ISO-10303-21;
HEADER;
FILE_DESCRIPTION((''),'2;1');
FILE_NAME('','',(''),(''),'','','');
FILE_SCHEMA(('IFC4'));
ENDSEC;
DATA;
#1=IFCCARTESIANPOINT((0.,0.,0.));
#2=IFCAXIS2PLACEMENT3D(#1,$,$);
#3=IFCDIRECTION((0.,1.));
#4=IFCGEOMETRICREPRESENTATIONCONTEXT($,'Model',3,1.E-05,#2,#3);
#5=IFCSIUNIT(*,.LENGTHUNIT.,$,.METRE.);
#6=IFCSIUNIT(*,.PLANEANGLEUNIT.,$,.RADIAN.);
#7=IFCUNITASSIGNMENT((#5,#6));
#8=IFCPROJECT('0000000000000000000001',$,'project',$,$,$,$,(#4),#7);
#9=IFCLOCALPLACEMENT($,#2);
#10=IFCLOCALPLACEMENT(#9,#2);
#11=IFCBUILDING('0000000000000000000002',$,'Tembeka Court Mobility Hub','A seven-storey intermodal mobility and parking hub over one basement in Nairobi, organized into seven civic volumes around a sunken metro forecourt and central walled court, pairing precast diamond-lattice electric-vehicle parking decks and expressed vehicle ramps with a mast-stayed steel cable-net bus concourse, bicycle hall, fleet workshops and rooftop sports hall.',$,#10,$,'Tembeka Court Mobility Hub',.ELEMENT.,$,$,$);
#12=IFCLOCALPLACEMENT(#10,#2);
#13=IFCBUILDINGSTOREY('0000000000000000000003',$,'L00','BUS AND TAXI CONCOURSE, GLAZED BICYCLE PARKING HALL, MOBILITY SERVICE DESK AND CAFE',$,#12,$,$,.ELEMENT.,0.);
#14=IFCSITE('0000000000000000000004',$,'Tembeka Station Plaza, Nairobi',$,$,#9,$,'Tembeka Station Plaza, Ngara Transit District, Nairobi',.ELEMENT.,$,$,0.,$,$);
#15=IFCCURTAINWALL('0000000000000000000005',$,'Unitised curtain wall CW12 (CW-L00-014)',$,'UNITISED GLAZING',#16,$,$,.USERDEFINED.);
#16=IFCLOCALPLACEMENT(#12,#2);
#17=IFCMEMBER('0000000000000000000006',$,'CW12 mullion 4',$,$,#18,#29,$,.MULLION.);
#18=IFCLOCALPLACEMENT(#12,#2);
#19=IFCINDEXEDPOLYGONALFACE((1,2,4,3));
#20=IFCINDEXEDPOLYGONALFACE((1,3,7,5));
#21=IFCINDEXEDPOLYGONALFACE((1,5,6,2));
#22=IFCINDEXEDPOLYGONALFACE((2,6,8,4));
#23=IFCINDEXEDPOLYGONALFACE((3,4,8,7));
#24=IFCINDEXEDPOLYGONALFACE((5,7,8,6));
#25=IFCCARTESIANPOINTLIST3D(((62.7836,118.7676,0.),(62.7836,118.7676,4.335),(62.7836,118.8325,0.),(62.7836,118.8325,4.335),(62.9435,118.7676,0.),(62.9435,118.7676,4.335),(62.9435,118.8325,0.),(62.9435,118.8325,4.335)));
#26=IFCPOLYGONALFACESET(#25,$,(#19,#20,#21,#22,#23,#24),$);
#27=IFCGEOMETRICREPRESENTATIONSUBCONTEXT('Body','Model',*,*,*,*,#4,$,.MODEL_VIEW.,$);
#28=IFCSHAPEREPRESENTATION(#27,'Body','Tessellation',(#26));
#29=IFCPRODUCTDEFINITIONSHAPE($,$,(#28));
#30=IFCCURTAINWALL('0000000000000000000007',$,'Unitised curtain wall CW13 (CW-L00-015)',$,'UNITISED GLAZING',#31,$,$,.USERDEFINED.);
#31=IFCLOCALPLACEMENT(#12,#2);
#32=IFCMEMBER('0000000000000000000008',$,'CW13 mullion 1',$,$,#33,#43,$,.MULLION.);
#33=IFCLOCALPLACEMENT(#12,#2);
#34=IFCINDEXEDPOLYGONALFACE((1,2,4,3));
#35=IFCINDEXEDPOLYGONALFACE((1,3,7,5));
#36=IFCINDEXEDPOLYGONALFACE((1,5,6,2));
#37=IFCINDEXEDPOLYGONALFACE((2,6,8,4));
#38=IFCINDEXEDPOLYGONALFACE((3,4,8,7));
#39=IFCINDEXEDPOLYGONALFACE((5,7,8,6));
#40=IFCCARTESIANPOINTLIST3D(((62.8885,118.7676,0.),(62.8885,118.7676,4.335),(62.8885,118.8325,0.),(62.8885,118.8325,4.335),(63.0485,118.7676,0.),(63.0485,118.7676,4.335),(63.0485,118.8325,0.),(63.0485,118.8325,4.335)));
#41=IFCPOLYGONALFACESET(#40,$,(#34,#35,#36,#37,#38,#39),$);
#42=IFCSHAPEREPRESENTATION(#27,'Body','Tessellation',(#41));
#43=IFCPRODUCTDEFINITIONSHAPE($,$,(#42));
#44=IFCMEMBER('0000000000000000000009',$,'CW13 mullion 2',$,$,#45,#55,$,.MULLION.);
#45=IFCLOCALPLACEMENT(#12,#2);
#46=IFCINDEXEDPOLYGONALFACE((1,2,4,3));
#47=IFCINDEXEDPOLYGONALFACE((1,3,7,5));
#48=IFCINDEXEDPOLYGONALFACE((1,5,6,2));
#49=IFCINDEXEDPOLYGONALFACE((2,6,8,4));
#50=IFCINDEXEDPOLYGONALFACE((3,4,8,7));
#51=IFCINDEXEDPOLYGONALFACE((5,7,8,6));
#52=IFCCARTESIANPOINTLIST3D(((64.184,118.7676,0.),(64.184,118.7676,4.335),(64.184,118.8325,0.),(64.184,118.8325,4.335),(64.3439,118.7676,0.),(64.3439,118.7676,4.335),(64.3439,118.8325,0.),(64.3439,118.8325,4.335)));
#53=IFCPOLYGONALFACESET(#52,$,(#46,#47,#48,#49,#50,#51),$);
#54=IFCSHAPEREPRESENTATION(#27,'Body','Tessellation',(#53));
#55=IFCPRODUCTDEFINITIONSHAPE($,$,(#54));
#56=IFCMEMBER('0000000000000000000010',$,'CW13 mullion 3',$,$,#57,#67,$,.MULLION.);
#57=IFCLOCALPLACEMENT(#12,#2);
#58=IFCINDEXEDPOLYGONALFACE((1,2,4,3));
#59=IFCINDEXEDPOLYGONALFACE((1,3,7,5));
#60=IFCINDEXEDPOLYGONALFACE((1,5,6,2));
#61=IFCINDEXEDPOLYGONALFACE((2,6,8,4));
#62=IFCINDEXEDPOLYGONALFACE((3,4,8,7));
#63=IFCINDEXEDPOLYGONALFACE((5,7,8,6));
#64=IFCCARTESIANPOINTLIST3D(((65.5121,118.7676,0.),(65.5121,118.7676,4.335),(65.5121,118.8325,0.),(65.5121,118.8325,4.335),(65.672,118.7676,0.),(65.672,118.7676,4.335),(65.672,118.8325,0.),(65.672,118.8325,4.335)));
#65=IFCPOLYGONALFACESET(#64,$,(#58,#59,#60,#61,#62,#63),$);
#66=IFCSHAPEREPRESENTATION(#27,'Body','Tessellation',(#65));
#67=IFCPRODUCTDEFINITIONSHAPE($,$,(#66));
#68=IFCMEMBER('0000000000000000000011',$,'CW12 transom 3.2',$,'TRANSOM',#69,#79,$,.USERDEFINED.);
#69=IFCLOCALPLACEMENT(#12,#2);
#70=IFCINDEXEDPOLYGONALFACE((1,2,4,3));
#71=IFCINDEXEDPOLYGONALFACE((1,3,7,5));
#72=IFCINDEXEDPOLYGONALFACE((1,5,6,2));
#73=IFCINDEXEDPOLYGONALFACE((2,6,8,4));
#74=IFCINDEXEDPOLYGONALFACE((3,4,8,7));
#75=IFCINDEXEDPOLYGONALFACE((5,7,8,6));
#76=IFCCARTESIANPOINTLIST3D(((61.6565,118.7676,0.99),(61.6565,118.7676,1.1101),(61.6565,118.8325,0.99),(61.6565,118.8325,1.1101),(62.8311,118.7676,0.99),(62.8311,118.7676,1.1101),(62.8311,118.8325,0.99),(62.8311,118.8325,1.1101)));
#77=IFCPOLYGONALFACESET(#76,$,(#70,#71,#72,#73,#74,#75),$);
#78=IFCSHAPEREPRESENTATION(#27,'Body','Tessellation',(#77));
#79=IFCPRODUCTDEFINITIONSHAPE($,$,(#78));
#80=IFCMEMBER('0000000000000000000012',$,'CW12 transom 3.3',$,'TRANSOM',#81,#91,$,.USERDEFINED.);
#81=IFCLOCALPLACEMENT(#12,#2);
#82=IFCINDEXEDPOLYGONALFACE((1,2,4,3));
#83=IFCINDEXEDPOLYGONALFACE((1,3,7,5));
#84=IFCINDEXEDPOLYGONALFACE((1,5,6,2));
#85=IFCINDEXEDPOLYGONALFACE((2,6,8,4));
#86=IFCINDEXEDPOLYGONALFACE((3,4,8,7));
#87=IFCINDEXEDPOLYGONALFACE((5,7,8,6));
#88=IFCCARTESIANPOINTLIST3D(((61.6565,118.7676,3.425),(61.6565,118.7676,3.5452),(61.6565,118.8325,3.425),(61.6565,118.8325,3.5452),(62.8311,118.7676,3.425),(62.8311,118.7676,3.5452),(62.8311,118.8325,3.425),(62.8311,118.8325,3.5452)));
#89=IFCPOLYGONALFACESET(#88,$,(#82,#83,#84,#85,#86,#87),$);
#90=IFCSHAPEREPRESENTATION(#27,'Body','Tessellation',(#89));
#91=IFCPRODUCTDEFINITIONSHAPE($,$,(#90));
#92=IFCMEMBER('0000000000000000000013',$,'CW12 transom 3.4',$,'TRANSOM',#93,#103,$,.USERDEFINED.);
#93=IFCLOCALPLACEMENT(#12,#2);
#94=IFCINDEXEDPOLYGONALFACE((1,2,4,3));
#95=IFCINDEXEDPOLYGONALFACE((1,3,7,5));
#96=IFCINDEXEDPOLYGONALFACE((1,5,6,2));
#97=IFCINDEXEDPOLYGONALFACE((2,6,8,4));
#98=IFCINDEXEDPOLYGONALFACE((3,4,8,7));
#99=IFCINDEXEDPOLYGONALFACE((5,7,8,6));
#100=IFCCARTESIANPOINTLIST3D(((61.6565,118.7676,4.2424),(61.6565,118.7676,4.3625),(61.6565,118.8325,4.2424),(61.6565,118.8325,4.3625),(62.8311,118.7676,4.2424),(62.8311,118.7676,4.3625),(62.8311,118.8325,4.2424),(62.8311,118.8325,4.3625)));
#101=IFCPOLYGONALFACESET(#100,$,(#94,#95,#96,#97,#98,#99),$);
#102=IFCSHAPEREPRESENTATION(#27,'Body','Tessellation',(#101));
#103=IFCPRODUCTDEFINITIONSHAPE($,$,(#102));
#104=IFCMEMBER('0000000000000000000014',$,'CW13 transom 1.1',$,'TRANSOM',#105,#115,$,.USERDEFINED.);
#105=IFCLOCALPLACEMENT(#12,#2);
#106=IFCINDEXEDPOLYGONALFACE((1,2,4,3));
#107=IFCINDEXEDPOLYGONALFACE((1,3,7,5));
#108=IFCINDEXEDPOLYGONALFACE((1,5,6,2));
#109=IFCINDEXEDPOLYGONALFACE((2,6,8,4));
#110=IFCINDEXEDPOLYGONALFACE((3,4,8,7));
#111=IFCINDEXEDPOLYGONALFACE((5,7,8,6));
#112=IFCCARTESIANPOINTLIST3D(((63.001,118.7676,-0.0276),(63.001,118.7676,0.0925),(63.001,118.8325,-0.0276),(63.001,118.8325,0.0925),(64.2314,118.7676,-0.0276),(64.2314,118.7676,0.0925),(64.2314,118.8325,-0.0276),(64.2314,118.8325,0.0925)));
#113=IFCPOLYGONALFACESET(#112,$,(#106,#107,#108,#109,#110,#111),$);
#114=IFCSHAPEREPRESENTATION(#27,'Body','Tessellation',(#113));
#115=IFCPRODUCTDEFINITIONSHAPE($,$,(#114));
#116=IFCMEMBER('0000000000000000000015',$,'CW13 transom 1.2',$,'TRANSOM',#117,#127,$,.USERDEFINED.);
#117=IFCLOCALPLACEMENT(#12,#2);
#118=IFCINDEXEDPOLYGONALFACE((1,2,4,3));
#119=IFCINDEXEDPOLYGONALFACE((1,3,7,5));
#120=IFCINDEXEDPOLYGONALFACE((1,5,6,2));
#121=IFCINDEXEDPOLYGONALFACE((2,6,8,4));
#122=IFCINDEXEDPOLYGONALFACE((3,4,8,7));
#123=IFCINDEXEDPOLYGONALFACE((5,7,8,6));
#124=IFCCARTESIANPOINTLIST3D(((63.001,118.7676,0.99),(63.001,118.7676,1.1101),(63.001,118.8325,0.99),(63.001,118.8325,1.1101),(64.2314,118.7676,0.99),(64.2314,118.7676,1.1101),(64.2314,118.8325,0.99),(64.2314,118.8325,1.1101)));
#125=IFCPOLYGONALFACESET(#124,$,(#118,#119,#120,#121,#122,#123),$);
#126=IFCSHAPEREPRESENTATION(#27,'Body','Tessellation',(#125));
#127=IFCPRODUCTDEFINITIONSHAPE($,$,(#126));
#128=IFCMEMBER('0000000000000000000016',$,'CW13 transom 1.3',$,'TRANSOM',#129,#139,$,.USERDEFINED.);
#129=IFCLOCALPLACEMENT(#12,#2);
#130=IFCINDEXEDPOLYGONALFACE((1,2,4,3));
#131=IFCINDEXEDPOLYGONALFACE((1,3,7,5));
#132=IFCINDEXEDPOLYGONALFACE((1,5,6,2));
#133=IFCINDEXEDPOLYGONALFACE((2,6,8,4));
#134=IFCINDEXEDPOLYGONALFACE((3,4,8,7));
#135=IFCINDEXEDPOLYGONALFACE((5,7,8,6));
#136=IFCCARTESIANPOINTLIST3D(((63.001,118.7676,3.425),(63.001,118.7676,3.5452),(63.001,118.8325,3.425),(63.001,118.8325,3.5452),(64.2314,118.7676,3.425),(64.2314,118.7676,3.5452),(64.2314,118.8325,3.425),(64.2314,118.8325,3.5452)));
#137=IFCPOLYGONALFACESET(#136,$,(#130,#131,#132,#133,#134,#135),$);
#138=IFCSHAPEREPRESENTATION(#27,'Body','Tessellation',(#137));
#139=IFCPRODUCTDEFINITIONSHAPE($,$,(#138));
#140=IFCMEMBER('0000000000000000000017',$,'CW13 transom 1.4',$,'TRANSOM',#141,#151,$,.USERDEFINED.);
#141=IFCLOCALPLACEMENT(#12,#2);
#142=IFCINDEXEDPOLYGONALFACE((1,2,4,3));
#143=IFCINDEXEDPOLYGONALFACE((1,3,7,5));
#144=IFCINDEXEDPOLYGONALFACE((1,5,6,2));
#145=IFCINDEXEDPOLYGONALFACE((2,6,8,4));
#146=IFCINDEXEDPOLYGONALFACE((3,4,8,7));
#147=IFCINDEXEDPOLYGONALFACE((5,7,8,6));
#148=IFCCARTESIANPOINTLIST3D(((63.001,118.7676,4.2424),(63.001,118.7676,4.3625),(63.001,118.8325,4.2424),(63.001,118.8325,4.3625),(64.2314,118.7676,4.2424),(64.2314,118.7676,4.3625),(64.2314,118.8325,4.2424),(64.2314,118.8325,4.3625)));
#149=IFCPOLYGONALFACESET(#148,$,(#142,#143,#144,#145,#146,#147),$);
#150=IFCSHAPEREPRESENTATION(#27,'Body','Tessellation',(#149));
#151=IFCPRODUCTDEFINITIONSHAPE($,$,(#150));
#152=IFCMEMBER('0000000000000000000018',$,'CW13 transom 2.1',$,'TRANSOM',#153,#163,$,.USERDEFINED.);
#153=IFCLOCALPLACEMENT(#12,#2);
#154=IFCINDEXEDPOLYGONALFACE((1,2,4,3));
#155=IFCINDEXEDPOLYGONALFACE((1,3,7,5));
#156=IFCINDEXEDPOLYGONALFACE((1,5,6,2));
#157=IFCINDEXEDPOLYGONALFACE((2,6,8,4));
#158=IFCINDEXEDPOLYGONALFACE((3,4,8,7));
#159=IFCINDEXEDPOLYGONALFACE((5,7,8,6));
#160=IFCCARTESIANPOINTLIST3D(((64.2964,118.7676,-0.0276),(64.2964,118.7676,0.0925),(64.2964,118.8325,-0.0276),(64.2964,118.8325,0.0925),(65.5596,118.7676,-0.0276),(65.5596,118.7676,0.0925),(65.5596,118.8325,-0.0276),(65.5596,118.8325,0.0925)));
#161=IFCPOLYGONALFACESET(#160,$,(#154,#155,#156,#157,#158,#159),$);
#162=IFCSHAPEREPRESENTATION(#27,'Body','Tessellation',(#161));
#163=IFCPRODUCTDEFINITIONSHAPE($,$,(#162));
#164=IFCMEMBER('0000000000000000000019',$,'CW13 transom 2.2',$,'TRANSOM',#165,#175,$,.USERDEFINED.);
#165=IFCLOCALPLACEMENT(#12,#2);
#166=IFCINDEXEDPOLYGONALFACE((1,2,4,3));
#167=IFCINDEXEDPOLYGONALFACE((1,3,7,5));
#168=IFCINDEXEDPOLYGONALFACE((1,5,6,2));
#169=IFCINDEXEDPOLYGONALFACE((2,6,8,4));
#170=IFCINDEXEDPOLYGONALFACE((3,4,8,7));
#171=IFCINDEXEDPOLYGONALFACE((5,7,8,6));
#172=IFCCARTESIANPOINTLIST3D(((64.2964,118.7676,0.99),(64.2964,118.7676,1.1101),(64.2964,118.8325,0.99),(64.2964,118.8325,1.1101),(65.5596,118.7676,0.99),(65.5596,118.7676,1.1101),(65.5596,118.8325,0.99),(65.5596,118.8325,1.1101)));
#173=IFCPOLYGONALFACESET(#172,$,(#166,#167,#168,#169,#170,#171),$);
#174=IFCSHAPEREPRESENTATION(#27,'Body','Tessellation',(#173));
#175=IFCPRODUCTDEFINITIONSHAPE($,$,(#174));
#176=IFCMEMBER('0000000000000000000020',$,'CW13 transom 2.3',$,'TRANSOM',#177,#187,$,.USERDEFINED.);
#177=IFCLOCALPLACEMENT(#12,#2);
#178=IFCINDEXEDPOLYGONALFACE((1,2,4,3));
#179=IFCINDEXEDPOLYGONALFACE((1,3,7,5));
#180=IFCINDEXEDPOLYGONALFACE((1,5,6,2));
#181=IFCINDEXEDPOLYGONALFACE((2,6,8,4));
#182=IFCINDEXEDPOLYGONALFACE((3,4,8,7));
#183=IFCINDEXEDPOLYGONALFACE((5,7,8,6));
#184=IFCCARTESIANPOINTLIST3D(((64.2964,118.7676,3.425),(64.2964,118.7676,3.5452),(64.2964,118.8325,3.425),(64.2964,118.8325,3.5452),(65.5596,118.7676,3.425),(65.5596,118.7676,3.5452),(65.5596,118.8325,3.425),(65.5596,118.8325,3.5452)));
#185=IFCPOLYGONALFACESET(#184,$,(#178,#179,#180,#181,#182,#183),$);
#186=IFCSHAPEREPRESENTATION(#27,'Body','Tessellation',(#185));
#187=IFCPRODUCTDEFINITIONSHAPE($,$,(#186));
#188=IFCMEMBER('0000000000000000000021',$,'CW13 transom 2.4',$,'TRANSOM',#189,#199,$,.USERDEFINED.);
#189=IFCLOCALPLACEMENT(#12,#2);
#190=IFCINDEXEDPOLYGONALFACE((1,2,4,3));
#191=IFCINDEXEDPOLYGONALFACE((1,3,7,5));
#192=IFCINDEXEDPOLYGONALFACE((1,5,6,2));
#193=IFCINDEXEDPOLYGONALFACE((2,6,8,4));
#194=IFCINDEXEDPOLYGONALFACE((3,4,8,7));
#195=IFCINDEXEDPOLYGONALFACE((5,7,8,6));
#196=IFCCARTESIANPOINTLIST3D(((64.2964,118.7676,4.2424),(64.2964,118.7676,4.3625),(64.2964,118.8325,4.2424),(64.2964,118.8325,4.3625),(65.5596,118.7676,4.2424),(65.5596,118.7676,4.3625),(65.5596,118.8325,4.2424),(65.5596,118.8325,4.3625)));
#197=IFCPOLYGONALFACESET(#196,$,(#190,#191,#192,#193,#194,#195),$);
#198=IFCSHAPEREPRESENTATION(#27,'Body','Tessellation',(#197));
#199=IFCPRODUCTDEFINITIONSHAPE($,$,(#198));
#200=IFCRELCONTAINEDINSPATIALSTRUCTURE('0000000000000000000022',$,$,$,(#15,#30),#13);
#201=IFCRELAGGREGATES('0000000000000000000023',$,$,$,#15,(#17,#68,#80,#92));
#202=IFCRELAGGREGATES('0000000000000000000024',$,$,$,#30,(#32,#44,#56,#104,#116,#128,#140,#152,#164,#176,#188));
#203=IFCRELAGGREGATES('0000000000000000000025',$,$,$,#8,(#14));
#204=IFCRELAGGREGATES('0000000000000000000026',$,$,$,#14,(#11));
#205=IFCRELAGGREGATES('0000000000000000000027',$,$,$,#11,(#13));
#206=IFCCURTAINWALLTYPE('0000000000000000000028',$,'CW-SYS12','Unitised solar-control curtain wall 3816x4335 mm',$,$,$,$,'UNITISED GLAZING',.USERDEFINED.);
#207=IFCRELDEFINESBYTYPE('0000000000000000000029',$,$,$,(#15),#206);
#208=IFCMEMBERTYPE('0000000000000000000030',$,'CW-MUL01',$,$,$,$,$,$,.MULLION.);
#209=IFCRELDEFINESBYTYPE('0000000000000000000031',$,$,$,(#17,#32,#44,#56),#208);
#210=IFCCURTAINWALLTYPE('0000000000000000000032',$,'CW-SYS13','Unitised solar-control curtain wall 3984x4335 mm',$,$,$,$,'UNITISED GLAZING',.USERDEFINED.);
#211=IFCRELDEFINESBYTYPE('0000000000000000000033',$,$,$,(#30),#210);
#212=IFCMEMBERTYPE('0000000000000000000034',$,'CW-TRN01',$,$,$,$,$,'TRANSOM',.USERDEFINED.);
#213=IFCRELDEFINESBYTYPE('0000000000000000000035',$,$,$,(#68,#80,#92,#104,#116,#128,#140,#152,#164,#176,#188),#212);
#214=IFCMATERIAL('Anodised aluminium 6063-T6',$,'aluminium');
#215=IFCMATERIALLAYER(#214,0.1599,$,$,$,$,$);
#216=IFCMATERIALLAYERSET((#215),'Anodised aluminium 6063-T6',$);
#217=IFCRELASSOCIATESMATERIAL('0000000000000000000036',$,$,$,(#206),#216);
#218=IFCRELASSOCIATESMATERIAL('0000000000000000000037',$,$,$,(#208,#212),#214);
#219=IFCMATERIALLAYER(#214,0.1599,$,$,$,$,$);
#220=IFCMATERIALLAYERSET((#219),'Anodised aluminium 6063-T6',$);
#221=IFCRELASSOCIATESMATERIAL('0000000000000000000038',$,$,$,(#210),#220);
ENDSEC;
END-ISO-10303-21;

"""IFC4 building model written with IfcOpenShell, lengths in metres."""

from ifc_helpers import new_model, si_unit, direction, frame, origin, origin_2d, place, context, subcontext, project, spatial, rectangle, extrude, material, layer, layer_set, material_profile, profile_set, type_object, element, aggregate, save


model = new_model("IFC4")

# Units and contexts
model_context = context("Model", 3, precision=1e-05, world=origin(), true_north=direction((0.0, 1.0)))
body_context = subcontext(model_context, "Body", "Model", "MODEL_VIEW")
ifc_project = project(units=[si_unit("LENGTHUNIT", "METRE"), si_unit("PLANEANGLEUNIT", "RADIAN")], contexts=[model_context])

# Site, building, storey
site_placement = place(None, origin())
site = spatial("IfcSite", under=ifc_project, at=site_placement, Name="Tembeka Station Plaza, Nairobi", LongName="Tembeka Station Plaza, Ngara Transit District, Nairobi", CompositionType="ELEMENT", RefElevation=0.0)
building_placement = place(site_placement, origin())
building = spatial("IfcBuilding", under=site, at=building_placement, Name="Tembeka Court Mobility Hub", Description="A seven-storey intermodal mobility and parking hub over one basement in Nairobi, organized into seven civic volumes around a sunken metro forecourt and central walled court, pairing precast diamond-lattice electric-vehicle parking decks and expressed vehicle ramps with a mast-stayed steel cable-net bus concourse, bicycle hall, fleet workshops and rooftop sports hall.", LongName="Tembeka Court Mobility Hub", CompositionType="ELEMENT")
storey_placement = place(building_placement, origin())
storey = spatial("IfcBuildingStorey", under=building, at=storey_placement, Name="L00", Description="BUS AND TAXI CONCOURSE, GLAZED BICYCLE PARKING HALL, MOBILITY SERVICE DESK AND CAFE", CompositionType="ELEMENT", Elevation=0.0)

# Curtain wall, member
ifc_material_1 = material(Name="Anodised aluminium 6063-T6", Category="aluminium")
ifc_layer_1 = layer(ifc_material_1, 0.1599)
ifc_layer_set_1 = layer_set([ifc_layer_1], Name="Anodised aluminium 6063-T6")
curtain_wall_type_1 = type_object("IfcCurtainWallType", Name="CW-SYS12", Description="Unitised solar-control curtain wall 3816x4335 mm", ElementType="UNITISED GLAZING", PredefinedType="USERDEFINED", material=ifc_layer_set_1)
curtain_wall_1_placement = place(storey_placement, origin())
curtain_wall_1 = element("IfcCurtainWall", 1, at=curtain_wall_1_placement, inside=storey, type_object=curtain_wall_type_1, Name="Unitised curtain wall CW12 (CW-L00-014)", ObjectType="UNITISED GLAZING", PredefinedType="USERDEFINED")
ifc_material_profile_1 = material_profile(ifc_material_1, rectangle(XDim=0.0649, YDim=0.1599, at=origin_2d()), Name="ALU-MUL 65x160")
ifc_profile_set_1 = profile_set([ifc_material_profile_1], Name="Anodised aluminium 6063-T6")
member_type_1 = type_object("IfcMemberType", Name="CW-MUL01", PredefinedType="MULLION", material=ifc_profile_set_1)
member_1_placement = place(storey_placement, frame((62.8635, 118.8, 0.0), z_axis=(0.0, 0.0, 1.0), x_axis=(0.0, 1.0, 0.0)))
member_1 = element("IfcMember", 2, at=member_1_placement, type_object=member_type_1, Name="CW12 mullion 4", PredefinedType="MULLION", context=body_context, shape_type="SweptSolid", body=[
    extrude(rectangle(XDim=0.0649, YDim=0.1599, at=origin_2d()), origin(), (0.0, 0.0, 1.0), 4.335),
])

# Curtain wall, members
ifc_layer_2 = layer(ifc_material_1, 0.1599)
ifc_layer_set_2 = layer_set([ifc_layer_2], Name="Anodised aluminium 6063-T6")
curtain_wall_type_2 = type_object("IfcCurtainWallType", Name="CW-SYS13", Description="Unitised solar-control curtain wall 3984x4335 mm", ElementType="UNITISED GLAZING", PredefinedType="USERDEFINED", material=ifc_layer_set_2)
curtain_wall_2_placement = place(storey_placement, origin())
curtain_wall_2 = element("IfcCurtainWall", 3, at=curtain_wall_2_placement, inside=storey, type_object=curtain_wall_type_2, Name="Unitised curtain wall CW13 (CW-L00-015)", ObjectType="UNITISED GLAZING", PredefinedType="USERDEFINED")
member_2_placement = place(storey_placement, frame((62.9685, 118.8, 0.0), z_axis=(0.0, 0.0, 1.0), x_axis=(0.0, 1.0, 0.0)))
member_2 = element("IfcMember", 4, at=member_2_placement, type_object=member_type_1, Name="CW13 mullion 1", PredefinedType="MULLION", context=body_context, shape_type="SweptSolid", body=[
    extrude(rectangle(XDim=0.0649, YDim=0.1599, at=origin_2d()), origin(), (0.0, 0.0, 1.0), 4.335),
])
member_3_placement = place(storey_placement, frame((64.2639, 118.8, 0.0), z_axis=(0.0, 0.0, 1.0), x_axis=(0.0, 1.0, 0.0)))
member_3 = element("IfcMember", 5, at=member_3_placement, type_object=member_type_1, Name="CW13 mullion 2", PredefinedType="MULLION", context=body_context, shape_type="SweptSolid", body=[
    extrude(rectangle(XDim=0.0649, YDim=0.1599, at=origin_2d()), origin(), (0.0, 0.0, 1.0), 4.335),
])
member_4_placement = place(storey_placement, frame((65.592, 118.8, 0.0), z_axis=(0.0, 0.0, 1.0), x_axis=(0.0, 1.0, 0.0)))
member_4 = element("IfcMember", 6, at=member_4_placement, type_object=member_type_1, Name="CW13 mullion 3", PredefinedType="MULLION", context=body_context, shape_type="SweptSolid", body=[
    extrude(rectangle(XDim=0.0649, YDim=0.1599, at=origin_2d()), origin(), (0.0, 0.0, 1.0), 4.335),
])

# Members
ifc_material_profile_2 = material_profile(ifc_material_1, rectangle(XDim=0.0649, YDim=0.1201, at=origin_2d()), Name="ALU-TRN 65x120")
ifc_profile_set_2 = profile_set([ifc_material_profile_2], Name="Anodised aluminium 6063-T6")
member_type_2 = type_object("IfcMemberType", Name="CW-TRN01", ElementType="TRANSOM", PredefinedType="USERDEFINED", material=ifc_profile_set_2)
member_5_placement = place(storey_placement, frame((61.6565, 118.8, 1.05), z_axis=(1.0, 0.0, 0.0), x_axis=(0.0, 1.0, 0.0)))
member_5 = element("IfcMember", 7, at=member_5_placement, type_object=member_type_2, Name="CW12 transom 3.2", ObjectType="TRANSOM", PredefinedType="USERDEFINED", context=body_context, shape_type="SweptSolid", body=[
    extrude(rectangle(XDim=0.0649, YDim=0.1201, at=origin_2d()), origin(), (0.0, 0.0, 1.0), 1.1746),
])
member_6_placement = place(storey_placement, frame((61.6565, 118.8, 3.4851), z_axis=(1.0, 0.0, 0.0), x_axis=(0.0, 1.0, 0.0)))
member_6 = element("IfcMember", 8, at=member_6_placement, type_object=member_type_2, Name="CW12 transom 3.3", ObjectType="TRANSOM", PredefinedType="USERDEFINED", context=body_context, shape_type="SweptSolid", body=[
    extrude(rectangle(XDim=0.0649, YDim=0.1201, at=origin_2d()), origin(), (0.0, 0.0, 1.0), 1.1746),
])
member_7_placement = place(storey_placement, frame((61.6565, 118.8, 4.3025), z_axis=(1.0, 0.0, 0.0), x_axis=(0.0, 1.0, 0.0)))
member_7 = element("IfcMember", 9, at=member_7_placement, type_object=member_type_2, Name="CW12 transom 3.4", ObjectType="TRANSOM", PredefinedType="USERDEFINED", context=body_context, shape_type="SweptSolid", body=[
    extrude(rectangle(XDim=0.0649, YDim=0.1201, at=origin_2d()), origin(), (0.0, 0.0, 1.0), 1.1746),
])
member_8_placement = place(storey_placement, frame((63.001, 118.8, 0.0325), z_axis=(1.0, 0.0, 0.0), x_axis=(0.0, 1.0, 0.0)))
member_8 = element("IfcMember", 10, at=member_8_placement, type_object=member_type_2, Name="CW13 transom 1.1", ObjectType="TRANSOM", PredefinedType="USERDEFINED", context=body_context, shape_type="SweptSolid", body=[
    extrude(rectangle(XDim=0.0649, YDim=0.1201, at=origin_2d()), origin(), (0.0, 0.0, 1.0), 1.2305),
])
member_9_placement = place(storey_placement, frame((63.001, 118.8, 1.05), z_axis=(1.0, 0.0, 0.0), x_axis=(0.0, 1.0, 0.0)))
member_9 = element("IfcMember", 11, at=member_9_placement, type_object=member_type_2, Name="CW13 transom 1.2", ObjectType="TRANSOM", PredefinedType="USERDEFINED", context=body_context, shape_type="SweptSolid", body=[
    extrude(rectangle(XDim=0.0649, YDim=0.1201, at=origin_2d()), origin(), (0.0, 0.0, 1.0), 1.2305),
])
member_10_placement = place(storey_placement, frame((63.001, 118.8, 3.4851), z_axis=(1.0, 0.0, 0.0), x_axis=(0.0, 1.0, 0.0)))
member_10 = element("IfcMember", 12, at=member_10_placement, type_object=member_type_2, Name="CW13 transom 1.3", ObjectType="TRANSOM", PredefinedType="USERDEFINED", context=body_context, shape_type="SweptSolid", body=[
    extrude(rectangle(XDim=0.0649, YDim=0.1201, at=origin_2d()), origin(), (0.0, 0.0, 1.0), 1.2305),
])
member_11_placement = place(storey_placement, frame((63.001, 118.8, 4.3025), z_axis=(1.0, 0.0, 0.0), x_axis=(0.0, 1.0, 0.0)))
member_11 = element("IfcMember", 13, at=member_11_placement, type_object=member_type_2, Name="CW13 transom 1.4", ObjectType="TRANSOM", PredefinedType="USERDEFINED", context=body_context, shape_type="SweptSolid", body=[
    extrude(rectangle(XDim=0.0649, YDim=0.1201, at=origin_2d()), origin(), (0.0, 0.0, 1.0), 1.2305),
])
member_12_placement = place(storey_placement, frame((64.2964, 118.8, 0.0325), z_axis=(1.0, 0.0, 0.0), x_axis=(0.0, 1.0, 0.0)))
member_12 = element("IfcMember", 14, at=member_12_placement, type_object=member_type_2, Name="CW13 transom 2.1", ObjectType="TRANSOM", PredefinedType="USERDEFINED", context=body_context, shape_type="SweptSolid", body=[
    extrude(rectangle(XDim=0.0649, YDim=0.1201, at=origin_2d()), origin(), (0.0, 0.0, 1.0), 1.2632),
])
member_13_placement = place(storey_placement, frame((64.2964, 118.8, 1.05), z_axis=(1.0, 0.0, 0.0), x_axis=(0.0, 1.0, 0.0)))
member_13 = element("IfcMember", 15, at=member_13_placement, type_object=member_type_2, Name="CW13 transom 2.2", ObjectType="TRANSOM", PredefinedType="USERDEFINED", context=body_context, shape_type="SweptSolid", body=[
    extrude(rectangle(XDim=0.0649, YDim=0.1201, at=origin_2d()), origin(), (0.0, 0.0, 1.0), 1.2632),
])
member_14_placement = place(storey_placement, frame((64.2964, 118.8, 3.4851), z_axis=(1.0, 0.0, 0.0), x_axis=(0.0, 1.0, 0.0)))
member_14 = element("IfcMember", 16, at=member_14_placement, type_object=member_type_2, Name="CW13 transom 2.3", ObjectType="TRANSOM", PredefinedType="USERDEFINED", context=body_context, shape_type="SweptSolid", body=[
    extrude(rectangle(XDim=0.0649, YDim=0.1201, at=origin_2d()), origin(), (0.0, 0.0, 1.0), 1.2632),
])
member_15_placement = place(storey_placement, frame((64.2964, 118.8, 4.3025), z_axis=(1.0, 0.0, 0.0), x_axis=(0.0, 1.0, 0.0)))
member_15 = element("IfcMember", 17, at=member_15_placement, type_object=member_type_2, Name="CW13 transom 2.4", ObjectType="TRANSOM", PredefinedType="USERDEFINED", context=body_context, shape_type="SweptSolid", body=[
    extrude(rectangle(XDim=0.0649, YDim=0.1201, at=origin_2d()), origin(), (0.0, 0.0, 1.0), 1.2632),
])

aggregate(curtain_wall_1, [member_1, member_5, member_6, member_7])
aggregate(curtain_wall_2, [member_2, member_3, member_4, member_8, member_9, member_10, member_11, member_12, member_13, member_14, member_15])

save(model, "model.ifc")
